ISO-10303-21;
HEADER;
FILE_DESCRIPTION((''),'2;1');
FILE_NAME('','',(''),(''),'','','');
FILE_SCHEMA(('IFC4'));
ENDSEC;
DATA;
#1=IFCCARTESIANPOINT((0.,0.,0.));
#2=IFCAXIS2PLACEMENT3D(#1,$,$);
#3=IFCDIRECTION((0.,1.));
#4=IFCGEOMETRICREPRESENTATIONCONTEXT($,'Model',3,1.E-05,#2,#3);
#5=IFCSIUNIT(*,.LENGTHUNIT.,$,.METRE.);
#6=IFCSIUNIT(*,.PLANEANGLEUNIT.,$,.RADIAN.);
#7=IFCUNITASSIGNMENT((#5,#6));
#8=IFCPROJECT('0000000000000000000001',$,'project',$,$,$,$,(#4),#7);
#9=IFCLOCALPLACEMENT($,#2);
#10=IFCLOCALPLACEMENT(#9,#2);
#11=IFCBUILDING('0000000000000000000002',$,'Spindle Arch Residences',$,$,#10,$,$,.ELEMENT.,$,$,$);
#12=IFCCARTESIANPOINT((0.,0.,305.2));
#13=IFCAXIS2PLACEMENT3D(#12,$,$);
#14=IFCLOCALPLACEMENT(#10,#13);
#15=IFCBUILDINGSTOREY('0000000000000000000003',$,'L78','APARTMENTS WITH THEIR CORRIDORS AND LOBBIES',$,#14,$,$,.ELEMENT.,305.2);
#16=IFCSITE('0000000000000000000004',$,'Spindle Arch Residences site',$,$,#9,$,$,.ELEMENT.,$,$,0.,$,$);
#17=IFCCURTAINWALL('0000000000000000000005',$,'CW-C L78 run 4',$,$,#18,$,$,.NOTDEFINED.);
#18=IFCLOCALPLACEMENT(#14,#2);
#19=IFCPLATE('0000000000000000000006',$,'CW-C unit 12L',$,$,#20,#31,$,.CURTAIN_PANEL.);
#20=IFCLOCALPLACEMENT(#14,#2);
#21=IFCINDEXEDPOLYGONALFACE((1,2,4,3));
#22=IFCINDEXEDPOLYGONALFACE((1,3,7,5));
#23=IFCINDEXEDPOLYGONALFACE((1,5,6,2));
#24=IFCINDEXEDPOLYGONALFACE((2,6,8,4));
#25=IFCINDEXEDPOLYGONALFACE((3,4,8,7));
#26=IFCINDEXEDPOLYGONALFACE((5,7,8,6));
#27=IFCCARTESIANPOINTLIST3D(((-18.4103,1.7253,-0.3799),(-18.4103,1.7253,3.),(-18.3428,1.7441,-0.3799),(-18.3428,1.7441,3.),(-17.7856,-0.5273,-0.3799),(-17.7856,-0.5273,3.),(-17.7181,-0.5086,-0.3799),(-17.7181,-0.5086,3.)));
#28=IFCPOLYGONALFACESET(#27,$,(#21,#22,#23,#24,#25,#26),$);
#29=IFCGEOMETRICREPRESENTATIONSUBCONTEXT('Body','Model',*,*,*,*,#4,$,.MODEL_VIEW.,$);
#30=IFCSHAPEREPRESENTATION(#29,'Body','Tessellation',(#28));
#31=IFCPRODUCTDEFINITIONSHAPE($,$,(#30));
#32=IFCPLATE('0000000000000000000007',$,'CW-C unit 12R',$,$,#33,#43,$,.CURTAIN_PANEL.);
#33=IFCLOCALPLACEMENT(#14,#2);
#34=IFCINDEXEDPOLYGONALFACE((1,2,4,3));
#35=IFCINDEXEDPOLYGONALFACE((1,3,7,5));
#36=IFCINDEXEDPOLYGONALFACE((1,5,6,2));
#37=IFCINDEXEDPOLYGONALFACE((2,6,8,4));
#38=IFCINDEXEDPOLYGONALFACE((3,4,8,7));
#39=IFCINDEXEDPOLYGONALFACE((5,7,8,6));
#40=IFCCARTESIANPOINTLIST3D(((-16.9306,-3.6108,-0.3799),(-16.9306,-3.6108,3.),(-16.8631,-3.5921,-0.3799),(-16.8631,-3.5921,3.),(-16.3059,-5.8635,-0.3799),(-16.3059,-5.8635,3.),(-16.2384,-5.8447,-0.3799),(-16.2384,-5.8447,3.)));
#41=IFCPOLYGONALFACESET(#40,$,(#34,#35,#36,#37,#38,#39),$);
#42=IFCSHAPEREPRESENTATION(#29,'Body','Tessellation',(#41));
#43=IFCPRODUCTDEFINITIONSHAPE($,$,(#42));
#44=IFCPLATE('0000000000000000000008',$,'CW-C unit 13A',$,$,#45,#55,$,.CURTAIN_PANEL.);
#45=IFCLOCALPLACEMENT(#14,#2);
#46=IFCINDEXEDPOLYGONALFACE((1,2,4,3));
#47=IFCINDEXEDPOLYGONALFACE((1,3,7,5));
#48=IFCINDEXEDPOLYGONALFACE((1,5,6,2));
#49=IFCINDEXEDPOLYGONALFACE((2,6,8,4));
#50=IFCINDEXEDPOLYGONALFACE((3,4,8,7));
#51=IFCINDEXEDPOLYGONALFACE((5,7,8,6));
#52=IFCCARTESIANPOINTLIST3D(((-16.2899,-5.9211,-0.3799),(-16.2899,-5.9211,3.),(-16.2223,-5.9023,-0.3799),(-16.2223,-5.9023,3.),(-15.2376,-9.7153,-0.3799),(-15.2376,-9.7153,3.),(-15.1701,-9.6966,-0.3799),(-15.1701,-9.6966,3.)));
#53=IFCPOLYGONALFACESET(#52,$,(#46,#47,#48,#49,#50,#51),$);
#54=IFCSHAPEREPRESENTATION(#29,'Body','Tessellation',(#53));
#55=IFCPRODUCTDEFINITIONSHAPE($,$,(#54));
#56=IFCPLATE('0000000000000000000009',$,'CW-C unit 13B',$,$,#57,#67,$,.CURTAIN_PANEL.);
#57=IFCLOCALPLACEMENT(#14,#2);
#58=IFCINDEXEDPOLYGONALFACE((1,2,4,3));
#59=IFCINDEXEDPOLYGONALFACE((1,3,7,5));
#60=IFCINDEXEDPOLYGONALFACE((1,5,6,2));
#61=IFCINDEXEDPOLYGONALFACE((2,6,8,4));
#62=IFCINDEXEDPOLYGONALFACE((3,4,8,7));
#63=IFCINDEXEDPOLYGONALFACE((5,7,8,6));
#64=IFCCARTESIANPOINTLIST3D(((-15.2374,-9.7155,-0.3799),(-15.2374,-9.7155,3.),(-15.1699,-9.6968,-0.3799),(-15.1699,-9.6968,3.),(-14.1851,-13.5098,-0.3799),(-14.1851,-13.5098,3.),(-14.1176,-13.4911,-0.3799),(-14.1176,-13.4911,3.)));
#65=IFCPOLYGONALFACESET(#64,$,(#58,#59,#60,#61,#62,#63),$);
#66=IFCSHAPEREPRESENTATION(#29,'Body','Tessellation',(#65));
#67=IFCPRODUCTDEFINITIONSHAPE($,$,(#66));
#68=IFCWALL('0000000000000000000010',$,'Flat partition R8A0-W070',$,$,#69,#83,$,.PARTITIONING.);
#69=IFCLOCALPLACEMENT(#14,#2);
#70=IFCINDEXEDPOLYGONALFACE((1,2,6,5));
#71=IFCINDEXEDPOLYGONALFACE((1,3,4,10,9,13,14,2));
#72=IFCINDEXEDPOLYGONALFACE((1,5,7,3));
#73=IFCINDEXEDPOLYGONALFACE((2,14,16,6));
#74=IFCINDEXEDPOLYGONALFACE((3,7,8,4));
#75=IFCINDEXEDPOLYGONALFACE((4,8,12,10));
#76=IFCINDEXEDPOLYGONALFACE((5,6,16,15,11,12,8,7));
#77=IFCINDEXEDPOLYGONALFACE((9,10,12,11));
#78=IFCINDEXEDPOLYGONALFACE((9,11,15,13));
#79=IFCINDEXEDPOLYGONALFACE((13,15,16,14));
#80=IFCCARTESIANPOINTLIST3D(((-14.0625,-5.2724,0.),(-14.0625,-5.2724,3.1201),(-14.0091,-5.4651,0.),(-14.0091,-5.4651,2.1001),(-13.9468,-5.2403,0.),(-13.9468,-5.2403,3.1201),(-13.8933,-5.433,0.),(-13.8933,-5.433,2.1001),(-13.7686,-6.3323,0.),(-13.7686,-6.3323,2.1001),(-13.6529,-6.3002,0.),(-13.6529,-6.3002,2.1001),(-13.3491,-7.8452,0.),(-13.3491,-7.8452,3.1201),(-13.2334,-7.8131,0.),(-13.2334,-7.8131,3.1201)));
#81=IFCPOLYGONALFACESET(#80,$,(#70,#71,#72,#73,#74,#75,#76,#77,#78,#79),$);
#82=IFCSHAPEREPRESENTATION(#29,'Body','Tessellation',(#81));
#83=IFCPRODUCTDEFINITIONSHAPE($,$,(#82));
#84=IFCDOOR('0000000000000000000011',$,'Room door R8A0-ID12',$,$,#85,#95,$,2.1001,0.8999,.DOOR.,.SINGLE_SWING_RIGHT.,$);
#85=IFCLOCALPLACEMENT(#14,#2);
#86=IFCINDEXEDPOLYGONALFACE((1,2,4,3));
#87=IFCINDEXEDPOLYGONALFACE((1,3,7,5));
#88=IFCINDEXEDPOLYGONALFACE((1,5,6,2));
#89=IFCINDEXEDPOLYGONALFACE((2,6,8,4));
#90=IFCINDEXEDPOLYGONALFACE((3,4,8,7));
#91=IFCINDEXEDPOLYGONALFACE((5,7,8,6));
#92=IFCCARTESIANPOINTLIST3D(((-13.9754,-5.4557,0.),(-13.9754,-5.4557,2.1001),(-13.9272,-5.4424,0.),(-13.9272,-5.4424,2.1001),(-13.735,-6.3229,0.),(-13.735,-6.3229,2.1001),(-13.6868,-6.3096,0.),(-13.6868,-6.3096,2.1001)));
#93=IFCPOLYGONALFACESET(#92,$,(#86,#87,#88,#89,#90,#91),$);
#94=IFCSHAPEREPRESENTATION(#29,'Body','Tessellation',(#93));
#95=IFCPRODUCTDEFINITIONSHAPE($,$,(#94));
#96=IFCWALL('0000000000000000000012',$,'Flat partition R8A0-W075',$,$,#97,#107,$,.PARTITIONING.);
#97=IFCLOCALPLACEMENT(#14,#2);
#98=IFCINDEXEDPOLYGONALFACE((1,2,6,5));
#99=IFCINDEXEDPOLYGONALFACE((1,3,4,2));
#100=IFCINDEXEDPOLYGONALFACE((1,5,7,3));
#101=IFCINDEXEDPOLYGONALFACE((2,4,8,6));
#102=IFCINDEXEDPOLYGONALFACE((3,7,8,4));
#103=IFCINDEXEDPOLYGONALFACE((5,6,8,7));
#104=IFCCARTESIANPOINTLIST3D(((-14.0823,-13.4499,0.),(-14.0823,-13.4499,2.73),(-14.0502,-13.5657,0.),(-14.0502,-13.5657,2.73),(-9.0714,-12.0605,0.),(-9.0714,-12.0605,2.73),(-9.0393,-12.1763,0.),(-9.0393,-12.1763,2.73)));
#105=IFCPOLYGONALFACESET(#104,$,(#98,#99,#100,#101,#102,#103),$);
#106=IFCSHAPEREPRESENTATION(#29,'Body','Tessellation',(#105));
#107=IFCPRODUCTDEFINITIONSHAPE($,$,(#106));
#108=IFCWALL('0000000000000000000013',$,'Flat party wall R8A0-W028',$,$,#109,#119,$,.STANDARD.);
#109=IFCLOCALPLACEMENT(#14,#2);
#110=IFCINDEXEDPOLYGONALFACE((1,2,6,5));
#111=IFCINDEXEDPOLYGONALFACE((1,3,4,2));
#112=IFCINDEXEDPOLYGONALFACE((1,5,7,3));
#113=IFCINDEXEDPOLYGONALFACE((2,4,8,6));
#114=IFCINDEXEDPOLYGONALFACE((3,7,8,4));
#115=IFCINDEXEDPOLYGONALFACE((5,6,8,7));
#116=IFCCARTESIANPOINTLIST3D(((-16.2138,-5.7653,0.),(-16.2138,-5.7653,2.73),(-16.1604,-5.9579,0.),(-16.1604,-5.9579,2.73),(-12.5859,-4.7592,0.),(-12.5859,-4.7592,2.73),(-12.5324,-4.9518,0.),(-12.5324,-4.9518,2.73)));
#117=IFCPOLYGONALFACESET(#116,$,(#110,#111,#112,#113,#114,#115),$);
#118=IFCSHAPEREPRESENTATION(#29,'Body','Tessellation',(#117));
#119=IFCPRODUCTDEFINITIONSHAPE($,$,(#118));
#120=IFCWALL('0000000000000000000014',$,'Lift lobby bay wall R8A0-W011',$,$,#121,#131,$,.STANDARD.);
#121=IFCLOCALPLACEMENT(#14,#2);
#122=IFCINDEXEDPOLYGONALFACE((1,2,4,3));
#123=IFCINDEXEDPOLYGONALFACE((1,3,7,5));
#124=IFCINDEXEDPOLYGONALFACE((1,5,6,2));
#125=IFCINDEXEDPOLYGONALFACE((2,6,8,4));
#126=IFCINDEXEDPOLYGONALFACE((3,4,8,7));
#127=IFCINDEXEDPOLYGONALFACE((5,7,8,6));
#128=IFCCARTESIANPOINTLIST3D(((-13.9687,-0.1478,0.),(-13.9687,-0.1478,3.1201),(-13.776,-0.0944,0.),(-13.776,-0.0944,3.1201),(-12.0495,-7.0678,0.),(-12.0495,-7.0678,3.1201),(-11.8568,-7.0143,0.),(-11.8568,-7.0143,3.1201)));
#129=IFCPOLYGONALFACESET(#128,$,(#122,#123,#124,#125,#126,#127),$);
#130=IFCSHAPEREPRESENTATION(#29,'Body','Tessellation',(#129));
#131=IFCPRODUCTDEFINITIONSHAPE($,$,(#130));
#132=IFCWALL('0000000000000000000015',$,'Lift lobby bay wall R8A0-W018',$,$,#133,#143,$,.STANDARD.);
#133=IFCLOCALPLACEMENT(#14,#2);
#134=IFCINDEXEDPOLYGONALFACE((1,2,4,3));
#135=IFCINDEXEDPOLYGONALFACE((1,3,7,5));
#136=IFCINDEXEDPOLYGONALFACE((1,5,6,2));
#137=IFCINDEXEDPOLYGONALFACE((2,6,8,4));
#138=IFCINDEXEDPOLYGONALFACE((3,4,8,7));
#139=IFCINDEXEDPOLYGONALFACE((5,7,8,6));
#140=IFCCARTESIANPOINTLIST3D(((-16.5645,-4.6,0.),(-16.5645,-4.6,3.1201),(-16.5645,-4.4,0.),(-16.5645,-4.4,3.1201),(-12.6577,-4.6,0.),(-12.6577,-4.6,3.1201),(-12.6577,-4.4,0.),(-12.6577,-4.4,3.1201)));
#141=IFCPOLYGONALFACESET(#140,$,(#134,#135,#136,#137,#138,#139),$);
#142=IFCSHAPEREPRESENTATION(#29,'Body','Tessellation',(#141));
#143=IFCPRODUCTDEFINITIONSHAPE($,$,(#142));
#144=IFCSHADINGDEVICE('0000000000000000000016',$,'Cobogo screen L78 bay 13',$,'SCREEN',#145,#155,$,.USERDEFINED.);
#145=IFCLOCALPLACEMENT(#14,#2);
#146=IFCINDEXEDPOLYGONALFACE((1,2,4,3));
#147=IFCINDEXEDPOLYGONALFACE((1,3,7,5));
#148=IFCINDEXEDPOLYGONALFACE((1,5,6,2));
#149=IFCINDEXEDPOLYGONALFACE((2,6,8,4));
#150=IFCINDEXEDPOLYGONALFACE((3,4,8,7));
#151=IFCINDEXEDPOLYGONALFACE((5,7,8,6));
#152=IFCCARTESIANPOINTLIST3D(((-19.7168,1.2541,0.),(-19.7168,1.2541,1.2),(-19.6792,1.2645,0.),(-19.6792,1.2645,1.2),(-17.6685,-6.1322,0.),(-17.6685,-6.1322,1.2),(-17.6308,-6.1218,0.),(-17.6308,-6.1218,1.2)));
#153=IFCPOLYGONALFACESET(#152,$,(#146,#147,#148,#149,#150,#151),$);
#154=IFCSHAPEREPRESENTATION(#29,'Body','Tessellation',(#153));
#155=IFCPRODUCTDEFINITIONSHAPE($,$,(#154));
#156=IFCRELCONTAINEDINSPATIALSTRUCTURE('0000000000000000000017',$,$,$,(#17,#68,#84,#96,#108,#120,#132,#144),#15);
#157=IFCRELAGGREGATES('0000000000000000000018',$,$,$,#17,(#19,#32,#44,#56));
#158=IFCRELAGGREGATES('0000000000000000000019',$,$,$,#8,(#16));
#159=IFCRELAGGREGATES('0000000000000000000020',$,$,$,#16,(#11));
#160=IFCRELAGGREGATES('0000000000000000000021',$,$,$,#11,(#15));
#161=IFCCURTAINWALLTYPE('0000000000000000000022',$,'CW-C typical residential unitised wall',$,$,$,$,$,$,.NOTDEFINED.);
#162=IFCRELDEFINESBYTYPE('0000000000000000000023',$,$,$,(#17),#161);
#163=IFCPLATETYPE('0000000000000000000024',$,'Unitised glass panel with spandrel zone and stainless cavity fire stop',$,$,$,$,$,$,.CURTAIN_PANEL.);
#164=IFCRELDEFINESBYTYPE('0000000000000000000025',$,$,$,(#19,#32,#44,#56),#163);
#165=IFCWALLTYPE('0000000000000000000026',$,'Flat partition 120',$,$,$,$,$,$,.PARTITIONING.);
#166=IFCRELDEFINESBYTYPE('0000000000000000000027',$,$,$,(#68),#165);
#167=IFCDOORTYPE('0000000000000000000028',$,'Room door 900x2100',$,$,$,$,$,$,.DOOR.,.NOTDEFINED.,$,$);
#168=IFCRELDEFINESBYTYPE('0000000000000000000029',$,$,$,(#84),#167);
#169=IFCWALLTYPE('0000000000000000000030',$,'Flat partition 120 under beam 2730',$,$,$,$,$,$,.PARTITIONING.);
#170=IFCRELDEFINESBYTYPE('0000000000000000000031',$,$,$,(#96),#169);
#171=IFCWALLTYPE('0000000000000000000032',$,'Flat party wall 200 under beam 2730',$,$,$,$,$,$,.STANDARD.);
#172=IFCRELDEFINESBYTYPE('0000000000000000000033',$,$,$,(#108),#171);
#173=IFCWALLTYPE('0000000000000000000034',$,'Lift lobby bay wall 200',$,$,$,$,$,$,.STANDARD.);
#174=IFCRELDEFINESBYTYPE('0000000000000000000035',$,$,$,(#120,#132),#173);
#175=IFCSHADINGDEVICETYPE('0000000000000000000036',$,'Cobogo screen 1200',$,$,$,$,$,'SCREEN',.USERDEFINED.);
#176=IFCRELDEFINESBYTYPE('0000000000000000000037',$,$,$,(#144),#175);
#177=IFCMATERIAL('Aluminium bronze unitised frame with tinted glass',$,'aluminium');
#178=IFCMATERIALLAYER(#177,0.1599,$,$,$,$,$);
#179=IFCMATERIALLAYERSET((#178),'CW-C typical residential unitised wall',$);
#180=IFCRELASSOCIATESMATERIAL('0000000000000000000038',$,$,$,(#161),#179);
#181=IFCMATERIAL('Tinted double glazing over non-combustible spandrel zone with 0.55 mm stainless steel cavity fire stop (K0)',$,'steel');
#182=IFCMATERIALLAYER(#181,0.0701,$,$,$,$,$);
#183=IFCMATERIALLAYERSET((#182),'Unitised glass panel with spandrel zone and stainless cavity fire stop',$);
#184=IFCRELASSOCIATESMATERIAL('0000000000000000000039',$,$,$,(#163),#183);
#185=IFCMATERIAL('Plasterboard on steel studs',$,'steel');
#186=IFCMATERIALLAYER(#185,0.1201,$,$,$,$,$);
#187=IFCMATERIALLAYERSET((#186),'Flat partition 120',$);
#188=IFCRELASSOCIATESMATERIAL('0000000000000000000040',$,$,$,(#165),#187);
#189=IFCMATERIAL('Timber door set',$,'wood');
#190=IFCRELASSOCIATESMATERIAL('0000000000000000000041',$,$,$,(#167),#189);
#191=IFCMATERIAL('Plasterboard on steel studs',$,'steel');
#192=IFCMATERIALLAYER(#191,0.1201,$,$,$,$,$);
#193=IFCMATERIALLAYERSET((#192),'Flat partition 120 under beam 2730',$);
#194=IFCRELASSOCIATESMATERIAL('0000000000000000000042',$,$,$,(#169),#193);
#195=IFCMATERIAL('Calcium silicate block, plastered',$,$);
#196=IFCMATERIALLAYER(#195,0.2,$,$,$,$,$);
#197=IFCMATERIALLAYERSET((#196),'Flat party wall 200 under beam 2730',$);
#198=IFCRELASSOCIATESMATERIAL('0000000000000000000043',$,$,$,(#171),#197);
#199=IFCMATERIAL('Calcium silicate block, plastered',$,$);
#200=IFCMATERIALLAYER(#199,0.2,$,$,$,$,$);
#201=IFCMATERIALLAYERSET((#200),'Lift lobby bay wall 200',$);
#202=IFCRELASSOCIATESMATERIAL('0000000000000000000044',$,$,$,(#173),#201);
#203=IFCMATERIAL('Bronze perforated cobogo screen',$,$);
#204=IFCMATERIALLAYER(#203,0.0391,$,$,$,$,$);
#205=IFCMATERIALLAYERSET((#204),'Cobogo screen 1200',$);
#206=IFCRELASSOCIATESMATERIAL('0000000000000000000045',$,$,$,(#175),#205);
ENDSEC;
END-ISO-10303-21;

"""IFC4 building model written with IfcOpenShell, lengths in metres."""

from ifc_helpers import new_model, si_unit, direction, frame, frame_2d, origin, origin_2d, place, context, subcontext, project, spatial, rectangle, extrude, material, layer, layer_set, type_object, element, fill, aggregate, save


model = new_model("IFC4")

# Units and contexts
model_context = context("Model", 3, precision=1e-05, world=origin(), true_north=direction((0.0, 1.0)))
body_context = subcontext(model_context, "Body", "Model", "MODEL_VIEW")
ifc_project = project(units=[si_unit("LENGTHUNIT", "METRE"), si_unit("PLANEANGLEUNIT", "RADIAN")], contexts=[model_context])

# Site, building, storey
site_placement = place(None, origin())
site = spatial("IfcSite", under=ifc_project, at=site_placement, Name="Spindle Arch Residences site", CompositionType="ELEMENT", RefElevation=0.0)
building_placement = place(site_placement, origin())
building = spatial("IfcBuilding", under=site, at=building_placement, Name="Spindle Arch Residences", CompositionType="ELEMENT")
storey_placement = place(building_placement, frame((0.0, 0.0, 305.2)))
storey = spatial("IfcBuildingStorey", under=building, at=storey_placement, Name="L78", Description="APARTMENTS WITH THEIR CORRIDORS AND LOBBIES", CompositionType="ELEMENT", Elevation=305.2)

# Curtain wall
ifc_material_1 = material(Name="Aluminium bronze unitised frame with tinted glass", Category="aluminium")
ifc_layer_1 = layer(ifc_material_1, 0.1599)
ifc_layer_set_1 = layer_set([ifc_layer_1], Name="CW-C typical residential unitised wall")
curtain_wall_type_1 = type_object("IfcCurtainWallType", Name="CW-C typical residential unitised wall", PredefinedType="NOTDEFINED", material=ifc_layer_set_1)
curtain_wall_1_placement = place(storey_placement, origin())
curtain_wall_1 = element("IfcCurtainWall", 1, at=curtain_wall_1_placement, inside=storey, type_object=curtain_wall_type_1, Name="CW-C L78 run 4", PredefinedType="NOTDEFINED")

# Plates
ifc_material_2 = material(Name="Tinted double glazing over non-combustible spandrel zone with 0.55 mm stainless steel cavity fire stop (K0)", Category="steel")
ifc_layer_2 = layer(ifc_material_2, 0.0701)
ifc_layer_set_2 = layer_set([ifc_layer_2], Name="Unitised glass panel with spandrel zone and stainless cavity fire stop")
plate_type = type_object("IfcPlateType", Name="Unitised glass panel with spandrel zone and stainless cavity fire stop", PredefinedType="CURTAIN_PANEL", material=ifc_layer_set_2)
plate_1_placement = place(storey_placement, frame((-18.0642, 0.6084, -0.3799), z_axis=(0.0, 0.0, 1.0), x_axis=(0.267238, -0.96363, 0.0)))
plate_1 = element("IfcPlate", 2, at=plate_1_placement, type_object=plate_type, Name="CW-C unit 12L", PredefinedType="CURTAIN_PANEL", context=body_context, shape_type="SweptSolid", body=[
    extrude(rectangle(XDim=2.3376, YDim=0.0701, at=origin_2d()), origin(), (0.0, 0.0, 1.0), 3.3799),
])
plate_2_placement = place(storey_placement, frame((-16.5845, -4.7278, -0.3799), z_axis=(0.0, 0.0, 1.0), x_axis=(0.267238, -0.96363, 0.0)))
plate_2 = element("IfcPlate", 3, at=plate_2_placement, type_object=plate_type, Name="CW-C unit 12R", PredefinedType="CURTAIN_PANEL", context=body_context, shape_type="SweptSolid", body=[
    extrude(rectangle(XDim=2.3376, YDim=0.0701, at=origin_2d()), origin(), (0.0, 0.0, 1.0), 3.3799),
])
plate_3_placement = place(storey_placement, frame((-15.73, -7.8088, -0.3799), z_axis=(0.0, 0.0, 1.0), x_axis=(0.267238, -0.96363, 0.0)))
plate_3 = element("IfcPlate", 4, at=plate_3_placement, type_object=plate_type, Name="CW-C unit 13A", PredefinedType="CURTAIN_PANEL", context=body_context, shape_type="SweptSolid", body=[
    extrude(rectangle(XDim=3.9375, YDim=0.0701, at=origin_2d()), origin(), (0.0, 0.0, 1.0), 3.3799),
])
plate_4_placement = place(storey_placement, frame((-14.6775, -11.6033, -0.3799), z_axis=(0.0, 0.0, 1.0), x_axis=(0.267238, -0.96363, 0.0)))
plate_4 = element("IfcPlate", 5, at=plate_4_placement, type_object=plate_type, Name="CW-C unit 13B", PredefinedType="CURTAIN_PANEL", context=body_context, shape_type="SweptSolid", body=[
    extrude(rectangle(XDim=3.9375, YDim=0.0701, at=origin_2d()), origin(), (0.0, 0.0, 1.0), 3.3799),
])
aggregate(curtain_wall_1, [plate_1, plate_2, plate_3, plate_4])

# Wall, opening, door
ifc_material_3 = material(Name="Plasterboard on steel studs", Category="steel")
ifc_layer_3 = layer(ifc_material_3, 0.1201)
ifc_layer_set_3 = layer_set([ifc_layer_3], Name="Flat partition 120")
wall_type_1 = type_object("IfcWallType", Name="Flat partition 120", PredefinedType="PARTITIONING", material=ifc_layer_set_3)
wall_1_placement = place(storey_placement, frame((-14.0046, -5.2563, 0.0), z_axis=(0.0, 0.0, 1.0), x_axis=(0.267201, -0.963641, 0.0)))
wall_1 = element("IfcWall", 6, at=wall_1_placement, inside=storey, type_object=wall_type_1, Name="Flat partition R8A0-W070", PredefinedType="PARTITIONING", context=body_context, shape_type="SweptSolid", body=[
    extrude(rectangle(XDim=2.6699, YDim=0.1201, at=frame_2d((1.335, 0.0))), origin(), (0.0, 0.0, 1.0), 3.1201),
])
opening_1_placement = place(wall_1_placement, frame((0.2, 0.0, 0.0)))
opening_1 = element("IfcOpeningElement", 7, at=opening_1_placement, cuts=wall_1, PredefinedType="OPENING", context=body_context, shape_type="SweptSolid", body=[
    extrude(rectangle(XDim=0.8999, YDim=2.1001, at=frame_2d((0.45, 1.05))), frame((0.0, 0.0701, 0.0), z_axis=(0.0, -1.0, 0.0), x_axis=(1.0, 0.0, 0.0)), (0.0, 0.0, 1.0), 0.1401),
])
ifc_material_4 = material(Name="Timber door set", Category="wood")
door_type_1 = type_object("IfcDoorType", Name="Room door 900x2100", OperationType="NOTDEFINED", PredefinedType="DOOR", material=ifc_material_4)
door_1_placement = place(opening_1_placement, origin())
door_1 = element("IfcDoor", 8, at=door_1_placement, inside=storey, type_object=door_type_1, Name="Room door R8A0-ID12", OperationType="SINGLE_SWING_RIGHT", OverallHeight=2.1001, OverallWidth=0.8999, PredefinedType="DOOR", context=body_context, shape_type="SweptSolid", body=[
    extrude(rectangle(XDim=0.8999, YDim=2.1001, at=frame_2d((0.45, 1.05))), frame((0.0, 0.0249, 0.0), z_axis=(0.0, -1.0, 0.0), x_axis=(1.0, 0.0, 0.0)), (0.0, 0.0, 1.0), 0.05),
])
fill(opening_1, door_1)

# Walls
ifc_material_5 = material(Name="Plasterboard on steel studs", Category="steel")
ifc_layer_4 = layer(ifc_material_5, 0.1201)
ifc_layer_set_4 = layer_set([ifc_layer_4], Name="Flat partition 120 under beam 2730")
wall_type_2 = type_object("IfcWallType", Name="Flat partition 120 under beam 2730", PredefinedType="PARTITIONING", material=ifc_layer_set_4)
wall_2_placement = place(storey_placement, frame((-14.0664, -13.5078, 0.0), z_axis=(0.0, 0.0, 1.0), x_axis=(0.963644, 0.267191, 0.0)))
element("IfcWall", 9, at=wall_2_placement, inside=storey, type_object=wall_type_2, Name="Flat partition R8A0-W075", PredefinedType="PARTITIONING", context=body_context, shape_type="SweptSolid", body=[
    extrude(rectangle(XDim=5.2, YDim=0.1201, at=frame_2d((2.6001, 0.0))), origin(), (0.0, 0.0, 1.0), 2.73),
])
ifc_material_6 = material(Name="Calcium silicate block, plastered")
ifc_layer_5 = layer(ifc_material_6, 0.2)
ifc_layer_set_5 = layer_set([ifc_layer_5], Name="Flat party wall 200 under beam 2730")
wall_type_3 = type_object("IfcWallType", Name="Flat party wall 200 under beam 2730", PredefinedType="STANDARD", material=ifc_layer_set_5)
wall_3_placement = place(storey_placement, frame((-16.187, -5.8616, 0.0), z_axis=(0.0, 0.0, 1.0), x_axis=(0.963631, 0.267236, 0.0)))
element("IfcWall", 10, at=wall_3_placement, inside=storey, type_object=wall_type_3, Name="Flat party wall R8A0-W028", PredefinedType="STANDARD", context=body_context, shape_type="SweptSolid", body=[
    extrude(rectangle(XDim=3.7649, YDim=0.2, at=frame_2d((1.8823, 0.0))), origin(), (0.0, 0.0, 1.0), 2.73),
])

# Walls
ifc_material_7 = material(Name="Calcium silicate block, plastered")
ifc_layer_6 = layer(ifc_material_7, 0.2)
ifc_layer_set_6 = layer_set([ifc_layer_6], Name="Lift lobby bay wall 200")
wall_type_4 = type_object("IfcWallType", Name="Lift lobby bay wall 200", PredefinedType="STANDARD", material=ifc_layer_set_6)
wall_4_placement = place(storey_placement, frame((-13.8723, -0.1211, 0.0), z_axis=(0.0, 0.0, 1.0), x_axis=(0.267255, -0.963626, 0.0)))
element("IfcWall", 11, at=wall_4_placement, inside=storey, type_object=wall_type_4, Name="Lift lobby bay wall R8A0-W011", PredefinedType="STANDARD", context=body_context, shape_type="SweptSolid", body=[
    extrude(rectangle(XDim=7.1812, YDim=0.2, at=frame_2d((3.5906, 0.0))), origin(), (0.0, 0.0, 1.0), 3.1201),
])
wall_5_placement = place(storey_placement, frame((-16.5645, -4.5, 0.0), z_axis=(0.0, 0.0, 1.0), x_axis=(1.0, 0.0, 0.0)))
element("IfcWall", 12, at=wall_5_placement, inside=storey, type_object=wall_type_4, Name="Lift lobby bay wall R8A0-W018", PredefinedType="STANDARD", context=body_context, shape_type="SweptSolid", body=[
    extrude(rectangle(XDim=3.9067, YDim=0.2, at=frame_2d((1.9534, 0.0))), origin(), (0.0, 0.0, 1.0), 3.1201),
])

# Shading device
ifc_material_8 = material(Name="Bronze perforated cobogo screen")
ifc_layer_7 = layer(ifc_material_8, 0.0391)
ifc_layer_set_7 = layer_set([ifc_layer_7], Name="Cobogo screen 1200")
shading_device_type = type_object("IfcShadingDeviceType", Name="Cobogo screen 1200", ElementType="SCREEN", PredefinedType="USERDEFINED", material=ifc_layer_set_7)
shading_device_placement = place(storey_placement, frame((-18.6738, -2.4338, 0.0), z_axis=(0.0, 0.0, 1.0), x_axis=(0.267238, -0.96363, 0.0)))
element("IfcShadingDevice", 13, at=shading_device_placement, inside=storey, type_object=shading_device_type, Name="Cobogo screen L78 bay 13", ObjectType="SCREEN", PredefinedType="USERDEFINED", context=body_context, shape_type="SweptSolid", body=[
    extrude(rectangle(XDim=7.665, YDim=0.0391, at=origin_2d()), origin(), (0.0, 0.0, 1.0), 1.2),
])

save(model, "model.ifc")
